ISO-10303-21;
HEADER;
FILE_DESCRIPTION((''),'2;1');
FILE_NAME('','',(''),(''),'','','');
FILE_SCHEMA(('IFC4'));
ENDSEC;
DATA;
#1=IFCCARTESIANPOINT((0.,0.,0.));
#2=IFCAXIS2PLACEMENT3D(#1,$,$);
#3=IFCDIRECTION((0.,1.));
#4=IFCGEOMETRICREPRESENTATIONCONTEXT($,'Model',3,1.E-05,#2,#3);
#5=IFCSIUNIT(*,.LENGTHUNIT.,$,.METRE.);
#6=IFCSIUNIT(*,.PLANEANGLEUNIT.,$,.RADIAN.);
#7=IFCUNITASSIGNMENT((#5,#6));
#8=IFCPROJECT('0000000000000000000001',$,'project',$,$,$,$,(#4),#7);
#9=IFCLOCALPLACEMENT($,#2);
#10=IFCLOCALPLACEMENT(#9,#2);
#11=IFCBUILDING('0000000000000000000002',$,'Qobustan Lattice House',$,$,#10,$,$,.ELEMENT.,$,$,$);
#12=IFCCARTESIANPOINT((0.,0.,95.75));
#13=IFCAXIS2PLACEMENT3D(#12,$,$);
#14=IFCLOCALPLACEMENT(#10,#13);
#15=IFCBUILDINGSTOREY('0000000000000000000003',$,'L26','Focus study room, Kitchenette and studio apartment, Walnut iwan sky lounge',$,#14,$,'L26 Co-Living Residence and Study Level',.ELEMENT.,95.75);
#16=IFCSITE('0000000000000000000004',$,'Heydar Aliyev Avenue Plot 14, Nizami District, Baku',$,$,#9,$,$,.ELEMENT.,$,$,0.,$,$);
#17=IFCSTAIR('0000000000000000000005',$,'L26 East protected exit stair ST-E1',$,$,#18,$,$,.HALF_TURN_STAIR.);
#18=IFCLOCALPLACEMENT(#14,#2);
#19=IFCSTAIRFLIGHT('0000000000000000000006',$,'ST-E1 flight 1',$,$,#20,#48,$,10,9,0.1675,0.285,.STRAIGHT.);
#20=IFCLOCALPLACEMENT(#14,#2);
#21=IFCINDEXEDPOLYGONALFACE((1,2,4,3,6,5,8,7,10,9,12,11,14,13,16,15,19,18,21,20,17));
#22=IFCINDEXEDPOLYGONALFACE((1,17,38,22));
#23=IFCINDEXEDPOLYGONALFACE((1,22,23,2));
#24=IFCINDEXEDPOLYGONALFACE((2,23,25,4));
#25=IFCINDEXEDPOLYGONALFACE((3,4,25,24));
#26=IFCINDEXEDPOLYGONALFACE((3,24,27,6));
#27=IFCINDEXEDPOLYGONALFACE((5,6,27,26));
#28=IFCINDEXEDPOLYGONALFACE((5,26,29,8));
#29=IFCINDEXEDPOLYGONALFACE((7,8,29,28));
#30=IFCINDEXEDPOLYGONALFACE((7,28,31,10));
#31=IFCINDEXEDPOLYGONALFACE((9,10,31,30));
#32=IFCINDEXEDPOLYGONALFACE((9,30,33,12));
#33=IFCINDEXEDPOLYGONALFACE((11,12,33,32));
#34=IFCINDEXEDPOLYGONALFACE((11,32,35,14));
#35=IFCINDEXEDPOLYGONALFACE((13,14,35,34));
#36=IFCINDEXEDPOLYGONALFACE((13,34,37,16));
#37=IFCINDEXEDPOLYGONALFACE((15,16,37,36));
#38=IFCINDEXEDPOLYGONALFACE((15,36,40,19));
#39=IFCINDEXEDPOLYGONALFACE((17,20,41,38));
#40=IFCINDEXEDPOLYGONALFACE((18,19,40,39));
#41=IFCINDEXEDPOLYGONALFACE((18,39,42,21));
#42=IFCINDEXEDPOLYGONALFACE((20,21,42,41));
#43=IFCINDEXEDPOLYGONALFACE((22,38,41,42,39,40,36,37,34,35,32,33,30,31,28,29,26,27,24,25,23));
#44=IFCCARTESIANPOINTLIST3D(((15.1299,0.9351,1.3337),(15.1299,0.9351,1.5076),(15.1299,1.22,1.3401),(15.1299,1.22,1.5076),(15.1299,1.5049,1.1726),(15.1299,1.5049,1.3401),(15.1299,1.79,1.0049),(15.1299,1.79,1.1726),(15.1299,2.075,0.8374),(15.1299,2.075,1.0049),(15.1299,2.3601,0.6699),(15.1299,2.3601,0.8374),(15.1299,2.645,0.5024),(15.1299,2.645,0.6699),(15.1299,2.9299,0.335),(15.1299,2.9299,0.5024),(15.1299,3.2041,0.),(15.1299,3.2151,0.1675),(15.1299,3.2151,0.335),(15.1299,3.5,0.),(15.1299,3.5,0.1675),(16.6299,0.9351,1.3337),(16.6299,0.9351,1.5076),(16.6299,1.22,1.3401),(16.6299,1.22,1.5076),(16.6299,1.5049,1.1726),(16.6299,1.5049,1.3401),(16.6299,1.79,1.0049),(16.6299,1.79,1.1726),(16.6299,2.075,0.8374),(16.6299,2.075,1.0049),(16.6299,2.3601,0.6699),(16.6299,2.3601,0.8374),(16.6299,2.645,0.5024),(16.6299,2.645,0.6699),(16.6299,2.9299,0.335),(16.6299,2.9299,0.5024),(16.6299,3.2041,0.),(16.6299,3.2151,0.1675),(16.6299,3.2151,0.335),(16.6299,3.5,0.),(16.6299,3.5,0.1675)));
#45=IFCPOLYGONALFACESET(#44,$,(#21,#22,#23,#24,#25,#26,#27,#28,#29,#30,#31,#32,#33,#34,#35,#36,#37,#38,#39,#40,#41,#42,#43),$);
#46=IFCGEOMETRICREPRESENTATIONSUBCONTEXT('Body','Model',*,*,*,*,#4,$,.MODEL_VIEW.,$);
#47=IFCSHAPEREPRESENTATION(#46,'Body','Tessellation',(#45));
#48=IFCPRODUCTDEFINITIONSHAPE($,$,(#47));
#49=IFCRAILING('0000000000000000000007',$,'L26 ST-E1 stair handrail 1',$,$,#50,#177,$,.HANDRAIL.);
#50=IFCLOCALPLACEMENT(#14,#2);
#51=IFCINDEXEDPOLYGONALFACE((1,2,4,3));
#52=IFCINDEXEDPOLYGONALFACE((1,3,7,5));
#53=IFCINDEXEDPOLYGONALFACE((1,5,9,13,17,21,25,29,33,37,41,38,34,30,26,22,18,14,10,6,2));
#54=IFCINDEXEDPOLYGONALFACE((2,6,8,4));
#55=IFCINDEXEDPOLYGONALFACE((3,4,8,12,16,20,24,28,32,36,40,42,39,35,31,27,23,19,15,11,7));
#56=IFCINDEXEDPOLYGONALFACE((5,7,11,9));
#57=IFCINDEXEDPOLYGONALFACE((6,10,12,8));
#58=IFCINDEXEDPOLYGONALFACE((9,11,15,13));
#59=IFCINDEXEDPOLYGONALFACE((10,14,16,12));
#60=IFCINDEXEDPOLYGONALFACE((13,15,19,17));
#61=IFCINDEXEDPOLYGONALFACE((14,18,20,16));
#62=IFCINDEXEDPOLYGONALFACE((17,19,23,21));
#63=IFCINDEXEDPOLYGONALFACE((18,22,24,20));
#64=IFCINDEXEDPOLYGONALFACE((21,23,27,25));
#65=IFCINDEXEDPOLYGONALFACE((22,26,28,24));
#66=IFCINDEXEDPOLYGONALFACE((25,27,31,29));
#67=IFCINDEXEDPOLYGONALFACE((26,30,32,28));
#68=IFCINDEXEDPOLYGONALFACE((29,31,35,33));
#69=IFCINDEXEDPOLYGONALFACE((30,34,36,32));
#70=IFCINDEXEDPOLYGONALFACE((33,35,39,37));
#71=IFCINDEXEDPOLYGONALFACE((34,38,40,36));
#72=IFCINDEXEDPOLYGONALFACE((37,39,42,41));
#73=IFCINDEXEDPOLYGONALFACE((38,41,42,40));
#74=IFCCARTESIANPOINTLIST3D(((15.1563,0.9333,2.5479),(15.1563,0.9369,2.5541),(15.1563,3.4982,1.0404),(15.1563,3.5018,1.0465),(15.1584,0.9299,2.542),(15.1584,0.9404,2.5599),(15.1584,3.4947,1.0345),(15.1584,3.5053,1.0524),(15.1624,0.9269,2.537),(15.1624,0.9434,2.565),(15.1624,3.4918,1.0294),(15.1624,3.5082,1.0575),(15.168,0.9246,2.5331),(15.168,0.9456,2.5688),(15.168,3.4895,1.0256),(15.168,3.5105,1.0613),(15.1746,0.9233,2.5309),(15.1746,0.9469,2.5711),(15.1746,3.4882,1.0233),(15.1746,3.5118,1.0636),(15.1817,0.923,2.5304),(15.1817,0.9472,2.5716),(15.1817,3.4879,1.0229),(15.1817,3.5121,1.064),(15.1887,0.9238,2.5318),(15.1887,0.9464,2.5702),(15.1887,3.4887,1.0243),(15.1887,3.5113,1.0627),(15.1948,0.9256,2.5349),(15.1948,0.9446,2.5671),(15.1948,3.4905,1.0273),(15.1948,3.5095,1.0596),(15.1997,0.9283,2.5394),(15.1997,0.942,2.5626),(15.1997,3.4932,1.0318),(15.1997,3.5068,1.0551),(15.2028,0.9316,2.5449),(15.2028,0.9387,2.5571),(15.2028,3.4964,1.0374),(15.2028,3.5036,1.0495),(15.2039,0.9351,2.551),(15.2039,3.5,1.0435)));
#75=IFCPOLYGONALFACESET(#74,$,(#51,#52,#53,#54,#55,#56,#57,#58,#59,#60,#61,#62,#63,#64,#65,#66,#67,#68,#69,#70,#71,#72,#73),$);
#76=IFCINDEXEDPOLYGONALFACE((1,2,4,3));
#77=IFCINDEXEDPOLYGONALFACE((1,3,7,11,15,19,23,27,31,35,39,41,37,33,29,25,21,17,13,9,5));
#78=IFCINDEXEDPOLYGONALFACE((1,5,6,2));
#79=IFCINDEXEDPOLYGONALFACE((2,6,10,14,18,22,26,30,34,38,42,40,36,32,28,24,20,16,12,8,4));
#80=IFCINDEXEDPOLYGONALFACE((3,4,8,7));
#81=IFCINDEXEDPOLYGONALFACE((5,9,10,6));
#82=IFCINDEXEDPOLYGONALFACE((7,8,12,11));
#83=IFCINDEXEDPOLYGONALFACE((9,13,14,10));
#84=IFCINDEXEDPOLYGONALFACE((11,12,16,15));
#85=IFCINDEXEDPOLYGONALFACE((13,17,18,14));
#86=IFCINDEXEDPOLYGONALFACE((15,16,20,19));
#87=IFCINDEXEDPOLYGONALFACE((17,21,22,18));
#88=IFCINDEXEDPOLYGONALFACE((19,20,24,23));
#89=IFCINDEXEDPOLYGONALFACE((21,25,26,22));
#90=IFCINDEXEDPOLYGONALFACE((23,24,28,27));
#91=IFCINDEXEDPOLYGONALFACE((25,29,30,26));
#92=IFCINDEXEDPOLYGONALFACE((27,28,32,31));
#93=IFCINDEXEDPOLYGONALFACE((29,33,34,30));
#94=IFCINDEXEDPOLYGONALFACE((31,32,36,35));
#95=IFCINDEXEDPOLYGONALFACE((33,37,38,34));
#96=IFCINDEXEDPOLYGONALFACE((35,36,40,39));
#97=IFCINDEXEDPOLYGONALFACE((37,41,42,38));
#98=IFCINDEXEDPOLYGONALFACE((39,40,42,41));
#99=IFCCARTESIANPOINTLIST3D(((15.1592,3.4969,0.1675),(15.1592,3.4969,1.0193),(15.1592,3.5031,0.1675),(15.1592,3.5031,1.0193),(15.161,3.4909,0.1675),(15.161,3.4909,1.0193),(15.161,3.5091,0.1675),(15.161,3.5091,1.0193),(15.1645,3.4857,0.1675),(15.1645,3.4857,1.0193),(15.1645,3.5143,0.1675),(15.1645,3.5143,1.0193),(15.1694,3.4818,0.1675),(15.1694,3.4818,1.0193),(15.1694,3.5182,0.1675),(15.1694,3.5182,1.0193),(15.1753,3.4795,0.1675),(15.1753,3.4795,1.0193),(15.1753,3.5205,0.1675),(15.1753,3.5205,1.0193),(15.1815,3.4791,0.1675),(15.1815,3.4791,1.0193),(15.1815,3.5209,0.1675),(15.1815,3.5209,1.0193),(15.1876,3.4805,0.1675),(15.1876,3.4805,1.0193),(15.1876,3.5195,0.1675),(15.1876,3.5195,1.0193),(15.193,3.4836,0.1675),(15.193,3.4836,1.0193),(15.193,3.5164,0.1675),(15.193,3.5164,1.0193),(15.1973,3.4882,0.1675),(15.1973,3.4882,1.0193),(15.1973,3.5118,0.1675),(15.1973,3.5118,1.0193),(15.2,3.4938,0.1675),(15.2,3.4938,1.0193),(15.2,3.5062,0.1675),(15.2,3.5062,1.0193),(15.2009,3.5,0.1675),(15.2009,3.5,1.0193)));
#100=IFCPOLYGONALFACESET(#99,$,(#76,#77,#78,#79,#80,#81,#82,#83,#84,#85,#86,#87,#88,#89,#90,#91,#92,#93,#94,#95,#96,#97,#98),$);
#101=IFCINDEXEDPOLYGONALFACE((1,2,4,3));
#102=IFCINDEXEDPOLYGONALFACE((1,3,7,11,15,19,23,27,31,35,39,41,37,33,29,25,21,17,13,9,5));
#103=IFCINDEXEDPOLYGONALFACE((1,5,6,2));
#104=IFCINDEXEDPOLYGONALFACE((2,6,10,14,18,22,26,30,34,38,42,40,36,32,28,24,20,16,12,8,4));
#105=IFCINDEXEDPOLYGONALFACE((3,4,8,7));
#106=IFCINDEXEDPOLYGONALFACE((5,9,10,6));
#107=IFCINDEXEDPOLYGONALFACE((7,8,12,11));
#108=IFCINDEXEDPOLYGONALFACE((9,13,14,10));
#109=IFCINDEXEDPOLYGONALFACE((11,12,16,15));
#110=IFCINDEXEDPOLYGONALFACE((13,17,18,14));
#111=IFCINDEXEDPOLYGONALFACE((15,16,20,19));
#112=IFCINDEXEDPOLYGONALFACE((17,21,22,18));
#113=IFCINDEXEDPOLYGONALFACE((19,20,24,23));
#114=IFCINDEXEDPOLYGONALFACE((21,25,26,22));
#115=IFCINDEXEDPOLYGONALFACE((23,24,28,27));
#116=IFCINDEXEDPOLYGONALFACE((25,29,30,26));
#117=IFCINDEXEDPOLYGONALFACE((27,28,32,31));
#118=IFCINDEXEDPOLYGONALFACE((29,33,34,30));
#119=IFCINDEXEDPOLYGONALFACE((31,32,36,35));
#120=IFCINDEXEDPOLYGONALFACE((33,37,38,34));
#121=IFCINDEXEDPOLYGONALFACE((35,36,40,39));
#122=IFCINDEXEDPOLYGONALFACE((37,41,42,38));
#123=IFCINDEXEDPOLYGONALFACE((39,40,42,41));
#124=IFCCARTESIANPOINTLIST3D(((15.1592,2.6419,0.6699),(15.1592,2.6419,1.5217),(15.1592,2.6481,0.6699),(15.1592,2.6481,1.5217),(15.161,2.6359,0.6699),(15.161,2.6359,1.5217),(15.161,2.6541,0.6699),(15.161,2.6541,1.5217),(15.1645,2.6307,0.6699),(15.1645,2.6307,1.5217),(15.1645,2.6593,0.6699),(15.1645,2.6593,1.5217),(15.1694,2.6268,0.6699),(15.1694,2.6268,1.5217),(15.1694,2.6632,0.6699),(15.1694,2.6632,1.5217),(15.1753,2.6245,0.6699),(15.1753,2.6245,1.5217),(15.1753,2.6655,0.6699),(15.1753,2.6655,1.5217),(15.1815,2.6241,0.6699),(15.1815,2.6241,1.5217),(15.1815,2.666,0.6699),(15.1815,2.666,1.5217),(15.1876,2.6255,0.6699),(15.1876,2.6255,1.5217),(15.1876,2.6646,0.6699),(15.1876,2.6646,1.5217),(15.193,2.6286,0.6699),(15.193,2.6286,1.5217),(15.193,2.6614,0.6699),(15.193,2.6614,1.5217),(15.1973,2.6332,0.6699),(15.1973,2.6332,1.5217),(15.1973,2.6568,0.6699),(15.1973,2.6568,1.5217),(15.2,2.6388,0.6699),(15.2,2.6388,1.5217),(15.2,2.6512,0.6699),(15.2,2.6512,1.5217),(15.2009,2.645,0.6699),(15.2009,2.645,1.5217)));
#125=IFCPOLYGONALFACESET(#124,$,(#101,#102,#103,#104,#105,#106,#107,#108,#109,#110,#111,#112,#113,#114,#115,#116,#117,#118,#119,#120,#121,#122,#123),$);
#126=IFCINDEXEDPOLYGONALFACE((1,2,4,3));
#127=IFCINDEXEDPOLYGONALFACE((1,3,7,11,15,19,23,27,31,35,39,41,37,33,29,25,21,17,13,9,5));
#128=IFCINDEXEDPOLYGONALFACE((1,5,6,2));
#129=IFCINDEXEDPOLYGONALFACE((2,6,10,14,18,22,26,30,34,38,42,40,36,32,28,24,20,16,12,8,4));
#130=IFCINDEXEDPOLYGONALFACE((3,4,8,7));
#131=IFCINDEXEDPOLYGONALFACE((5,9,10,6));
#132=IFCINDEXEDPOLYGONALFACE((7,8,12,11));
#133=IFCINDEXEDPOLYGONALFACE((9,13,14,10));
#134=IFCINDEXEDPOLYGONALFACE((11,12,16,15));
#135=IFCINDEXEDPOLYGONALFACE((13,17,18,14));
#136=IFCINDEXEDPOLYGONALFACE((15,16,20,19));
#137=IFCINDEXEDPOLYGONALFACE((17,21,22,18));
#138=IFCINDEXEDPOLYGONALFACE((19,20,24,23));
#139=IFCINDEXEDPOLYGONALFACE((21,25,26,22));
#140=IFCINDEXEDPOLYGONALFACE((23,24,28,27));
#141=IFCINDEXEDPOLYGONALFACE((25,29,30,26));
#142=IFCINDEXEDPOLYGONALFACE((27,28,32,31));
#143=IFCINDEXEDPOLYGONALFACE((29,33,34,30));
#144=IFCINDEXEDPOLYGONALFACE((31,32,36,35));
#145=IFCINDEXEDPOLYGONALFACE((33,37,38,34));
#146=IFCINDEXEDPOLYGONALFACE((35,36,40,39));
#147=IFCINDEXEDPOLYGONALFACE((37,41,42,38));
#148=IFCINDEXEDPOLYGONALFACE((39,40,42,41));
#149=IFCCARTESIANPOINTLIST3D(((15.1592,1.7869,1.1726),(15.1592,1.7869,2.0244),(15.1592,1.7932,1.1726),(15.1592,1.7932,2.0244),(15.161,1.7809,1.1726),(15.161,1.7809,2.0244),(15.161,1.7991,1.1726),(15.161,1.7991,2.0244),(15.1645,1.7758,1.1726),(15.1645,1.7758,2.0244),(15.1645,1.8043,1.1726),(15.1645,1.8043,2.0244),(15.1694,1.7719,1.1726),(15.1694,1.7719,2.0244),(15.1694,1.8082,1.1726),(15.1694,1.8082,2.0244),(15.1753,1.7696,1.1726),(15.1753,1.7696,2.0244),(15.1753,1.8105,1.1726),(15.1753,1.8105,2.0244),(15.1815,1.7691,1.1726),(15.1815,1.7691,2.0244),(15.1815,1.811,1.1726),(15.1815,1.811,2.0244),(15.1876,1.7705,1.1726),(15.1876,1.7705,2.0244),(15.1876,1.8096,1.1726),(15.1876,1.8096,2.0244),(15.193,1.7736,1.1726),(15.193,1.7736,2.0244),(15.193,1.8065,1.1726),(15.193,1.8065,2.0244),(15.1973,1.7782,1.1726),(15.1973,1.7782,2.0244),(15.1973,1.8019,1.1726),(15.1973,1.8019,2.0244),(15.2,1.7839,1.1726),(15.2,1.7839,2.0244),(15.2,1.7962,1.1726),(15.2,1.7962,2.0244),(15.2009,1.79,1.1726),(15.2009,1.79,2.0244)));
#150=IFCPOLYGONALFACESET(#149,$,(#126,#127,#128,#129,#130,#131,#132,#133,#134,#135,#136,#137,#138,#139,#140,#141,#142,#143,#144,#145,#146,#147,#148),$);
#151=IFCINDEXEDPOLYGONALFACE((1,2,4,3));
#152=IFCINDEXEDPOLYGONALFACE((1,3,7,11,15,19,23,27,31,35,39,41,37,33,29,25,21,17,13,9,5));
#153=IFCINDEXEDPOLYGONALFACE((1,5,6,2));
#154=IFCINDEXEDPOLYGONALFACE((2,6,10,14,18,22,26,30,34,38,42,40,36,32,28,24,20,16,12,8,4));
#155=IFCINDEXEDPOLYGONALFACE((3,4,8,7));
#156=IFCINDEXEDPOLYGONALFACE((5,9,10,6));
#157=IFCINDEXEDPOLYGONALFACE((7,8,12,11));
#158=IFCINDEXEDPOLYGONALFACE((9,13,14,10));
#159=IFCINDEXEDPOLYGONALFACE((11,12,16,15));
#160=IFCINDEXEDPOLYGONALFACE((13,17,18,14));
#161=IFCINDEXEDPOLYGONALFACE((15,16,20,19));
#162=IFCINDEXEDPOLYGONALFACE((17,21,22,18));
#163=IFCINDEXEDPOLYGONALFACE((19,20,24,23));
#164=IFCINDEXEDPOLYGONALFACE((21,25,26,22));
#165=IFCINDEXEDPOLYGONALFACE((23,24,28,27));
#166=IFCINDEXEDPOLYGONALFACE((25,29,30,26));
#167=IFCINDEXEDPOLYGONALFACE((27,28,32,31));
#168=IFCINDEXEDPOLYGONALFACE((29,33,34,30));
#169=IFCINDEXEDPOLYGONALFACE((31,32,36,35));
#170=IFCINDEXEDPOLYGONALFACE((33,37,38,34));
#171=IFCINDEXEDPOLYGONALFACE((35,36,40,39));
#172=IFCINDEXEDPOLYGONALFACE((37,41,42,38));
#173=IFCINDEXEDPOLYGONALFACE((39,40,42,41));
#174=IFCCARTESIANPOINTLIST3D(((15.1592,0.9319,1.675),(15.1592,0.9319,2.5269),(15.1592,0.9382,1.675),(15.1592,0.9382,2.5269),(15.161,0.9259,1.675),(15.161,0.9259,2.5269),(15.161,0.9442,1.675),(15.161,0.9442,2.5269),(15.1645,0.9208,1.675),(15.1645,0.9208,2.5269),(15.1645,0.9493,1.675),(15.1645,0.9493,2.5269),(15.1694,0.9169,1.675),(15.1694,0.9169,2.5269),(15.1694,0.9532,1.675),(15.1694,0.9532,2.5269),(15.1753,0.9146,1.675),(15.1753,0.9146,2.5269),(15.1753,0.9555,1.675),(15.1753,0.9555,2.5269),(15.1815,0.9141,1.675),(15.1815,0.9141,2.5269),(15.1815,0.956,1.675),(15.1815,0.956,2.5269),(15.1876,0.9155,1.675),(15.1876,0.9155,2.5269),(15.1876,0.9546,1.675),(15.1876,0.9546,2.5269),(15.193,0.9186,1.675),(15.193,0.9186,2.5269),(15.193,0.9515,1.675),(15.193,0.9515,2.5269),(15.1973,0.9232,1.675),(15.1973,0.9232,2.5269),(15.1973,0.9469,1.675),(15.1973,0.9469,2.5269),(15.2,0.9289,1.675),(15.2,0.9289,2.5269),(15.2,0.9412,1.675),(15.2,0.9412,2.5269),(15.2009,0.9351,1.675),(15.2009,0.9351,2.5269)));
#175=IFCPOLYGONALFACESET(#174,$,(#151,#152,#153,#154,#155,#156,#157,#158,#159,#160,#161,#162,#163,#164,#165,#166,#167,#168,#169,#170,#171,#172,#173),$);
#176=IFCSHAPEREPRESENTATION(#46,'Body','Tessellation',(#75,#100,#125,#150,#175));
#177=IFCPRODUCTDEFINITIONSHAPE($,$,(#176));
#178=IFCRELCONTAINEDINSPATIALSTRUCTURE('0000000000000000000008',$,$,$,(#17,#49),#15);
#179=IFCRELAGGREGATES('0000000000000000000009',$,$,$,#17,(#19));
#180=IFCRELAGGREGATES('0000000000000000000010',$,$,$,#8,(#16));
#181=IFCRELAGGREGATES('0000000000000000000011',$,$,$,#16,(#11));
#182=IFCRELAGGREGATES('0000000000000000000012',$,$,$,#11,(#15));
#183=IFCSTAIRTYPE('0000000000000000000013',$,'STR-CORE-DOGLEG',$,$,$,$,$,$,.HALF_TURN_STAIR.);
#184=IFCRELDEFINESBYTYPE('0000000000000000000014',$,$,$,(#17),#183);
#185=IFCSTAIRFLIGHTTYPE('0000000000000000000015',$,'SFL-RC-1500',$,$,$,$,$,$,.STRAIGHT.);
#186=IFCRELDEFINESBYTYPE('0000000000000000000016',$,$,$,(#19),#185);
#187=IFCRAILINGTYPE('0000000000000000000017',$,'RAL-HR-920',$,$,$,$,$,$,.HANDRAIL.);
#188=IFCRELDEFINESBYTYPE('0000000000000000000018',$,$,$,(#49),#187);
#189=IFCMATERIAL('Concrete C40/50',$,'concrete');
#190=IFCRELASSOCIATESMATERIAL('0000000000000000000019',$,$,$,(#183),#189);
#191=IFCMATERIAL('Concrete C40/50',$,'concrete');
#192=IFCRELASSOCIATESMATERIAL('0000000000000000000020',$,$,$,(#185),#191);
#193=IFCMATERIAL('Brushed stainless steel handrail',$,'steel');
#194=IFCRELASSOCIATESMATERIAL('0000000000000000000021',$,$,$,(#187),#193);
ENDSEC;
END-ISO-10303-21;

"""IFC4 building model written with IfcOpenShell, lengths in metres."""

from ifc_helpers import new_model, si_unit, direction, frame, origin, origin_2d, place, context, subcontext, project, spatial, polyline, circle, outline, extrude, material, type_object, element, aggregate, save


model = new_model("IFC4")

# Units and contexts
model_context = context("Model", 3, precision=1e-05, world=origin(), true_north=direction((0.0, 1.0)))
body_context = subcontext(model_context, "Body", "Model", "MODEL_VIEW")
ifc_project = project(units=[si_unit("LENGTHUNIT", "METRE"), si_unit("PLANEANGLEUNIT", "RADIAN")], contexts=[model_context])

# Site, building, storey
site_placement = place(None, origin())
site = spatial("IfcSite", under=ifc_project, at=site_placement, Name="Heydar Aliyev Avenue Plot 14, Nizami District, Baku", CompositionType="ELEMENT", RefElevation=0.0)
building_placement = place(site_placement, origin())
building = spatial("IfcBuilding", under=site, at=building_placement, Name="Qobustan Lattice House", CompositionType="ELEMENT")
storey_placement = place(building_placement, frame((0.0, 0.0, 95.75)))
storey = spatial("IfcBuildingStorey", under=building, at=storey_placement, Name="L26", Description="Focus study room, Kitchenette and studio apartment, Walnut iwan sky lounge", LongName="L26 Co-Living Residence and Study Level", CompositionType="ELEMENT", Elevation=95.75)

# Stair, stair flight
ifc_material_1 = material(Name="Concrete C40/50", Category="concrete")
stair_type = type_object("IfcStairType", Name="STR-CORE-DOGLEG", PredefinedType="HALF_TURN_STAIR", material=ifc_material_1)
stair_placement = place(storey_placement, origin())
stair = element("IfcStair", 1, at=stair_placement, inside=storey, type_object=stair_type, Name="L26 East protected exit stair ST-E1", PredefinedType="HALF_TURN_STAIR")
ifc_material_2 = material(Name="Concrete C40/50", Category="concrete")
stair_flight_type = type_object("IfcStairFlightType", Name="SFL-RC-1500", PredefinedType="STRAIGHT", material=ifc_material_2)
stair_flight_placement = place(storey_placement, frame((15.8799, 3.5, 0.0), z_axis=(0.0, 0.0, 1.0), x_axis=(0.0, -1.0, 0.0)))
stair_flight = element("IfcStairFlight", 2, at=stair_flight_placement, type_object=stair_flight_type, Name="ST-E1 flight 1", NumberOfRisers=10, NumberOfTreads=9, PredefinedType="STRAIGHT", RiserHeight=0.1675, TreadLength=0.285, context=body_context, shape_type="SweptSolid", body=[
    extrude(outline(polyline([(0.0, 0.0), (0.0, 0.1675), (0.2849, 0.1675), (0.2849, 0.335), (0.5701, 0.335), (0.5701, 0.5024), (0.855, 0.5024), (0.855, 0.6699), (1.1399, 0.6699), (1.1399, 0.8374), (1.425, 0.8374), (1.425, 1.0049), (1.71, 1.0049), (1.71, 1.1726), (1.9951, 1.1726), (1.9951, 1.3401), (2.28, 1.3401), (2.28, 1.5076), (2.5649, 1.5076), (2.5649, 1.675), (2.5649, 1.3337), (0.2959, 0.0), (0.0, 0.0)])), frame((0.0, 0.75, 0.0), z_axis=(0.0, -1.0, 0.0), x_axis=(1.0, 0.0, 0.0)), (0.0, 0.0, 1.0), 1.5),
])
aggregate(stair, [stair_flight])

# Railing
ifc_material_3 = material(Name="Brushed stainless steel handrail", Category="steel")
railing_type_1 = type_object("IfcRailingType", Name="RAL-HR-920", PredefinedType="HANDRAIL", material=ifc_material_3)
railing_1_placement = place(storey_placement, frame((15.1799, 3.5, 0.1675)))
element("IfcRailing", 3, at=railing_1_placement, inside=storey, type_object=railing_type_1, Name="L26 ST-E1 stair handrail 1", PredefinedType="HANDRAIL", context=body_context, shape_type="SweptSolid", body=[
    extrude(circle(Radius=0.0239, at=origin_2d()), frame((0.0, 0.0, 0.876), z_axis=(0.0, -0.862113, 0.506715), x_axis=(1.0, 0.0, 0.0)), (0.0, 0.0, 1.0), 2.9751),
    extrude(circle(Radius=0.021, at=origin_2d()), origin(), (0.0, 0.0, 1.0), 0.8518),
    extrude(circle(Radius=0.021, at=origin_2d()), frame((0.0, -0.855, 0.5024)), (0.0, 0.0, 1.0), 0.8518),
    extrude(circle(Radius=0.021, at=origin_2d()), frame((0.0, -1.71, 1.0051)), (0.0, 0.0, 1.0), 0.8518),
    extrude(circle(Radius=0.021, at=origin_2d()), frame((0.0, -2.5649, 1.5076)), (0.0, 0.0, 1.0), 0.8518),
])

save(model, "model.ifc")
